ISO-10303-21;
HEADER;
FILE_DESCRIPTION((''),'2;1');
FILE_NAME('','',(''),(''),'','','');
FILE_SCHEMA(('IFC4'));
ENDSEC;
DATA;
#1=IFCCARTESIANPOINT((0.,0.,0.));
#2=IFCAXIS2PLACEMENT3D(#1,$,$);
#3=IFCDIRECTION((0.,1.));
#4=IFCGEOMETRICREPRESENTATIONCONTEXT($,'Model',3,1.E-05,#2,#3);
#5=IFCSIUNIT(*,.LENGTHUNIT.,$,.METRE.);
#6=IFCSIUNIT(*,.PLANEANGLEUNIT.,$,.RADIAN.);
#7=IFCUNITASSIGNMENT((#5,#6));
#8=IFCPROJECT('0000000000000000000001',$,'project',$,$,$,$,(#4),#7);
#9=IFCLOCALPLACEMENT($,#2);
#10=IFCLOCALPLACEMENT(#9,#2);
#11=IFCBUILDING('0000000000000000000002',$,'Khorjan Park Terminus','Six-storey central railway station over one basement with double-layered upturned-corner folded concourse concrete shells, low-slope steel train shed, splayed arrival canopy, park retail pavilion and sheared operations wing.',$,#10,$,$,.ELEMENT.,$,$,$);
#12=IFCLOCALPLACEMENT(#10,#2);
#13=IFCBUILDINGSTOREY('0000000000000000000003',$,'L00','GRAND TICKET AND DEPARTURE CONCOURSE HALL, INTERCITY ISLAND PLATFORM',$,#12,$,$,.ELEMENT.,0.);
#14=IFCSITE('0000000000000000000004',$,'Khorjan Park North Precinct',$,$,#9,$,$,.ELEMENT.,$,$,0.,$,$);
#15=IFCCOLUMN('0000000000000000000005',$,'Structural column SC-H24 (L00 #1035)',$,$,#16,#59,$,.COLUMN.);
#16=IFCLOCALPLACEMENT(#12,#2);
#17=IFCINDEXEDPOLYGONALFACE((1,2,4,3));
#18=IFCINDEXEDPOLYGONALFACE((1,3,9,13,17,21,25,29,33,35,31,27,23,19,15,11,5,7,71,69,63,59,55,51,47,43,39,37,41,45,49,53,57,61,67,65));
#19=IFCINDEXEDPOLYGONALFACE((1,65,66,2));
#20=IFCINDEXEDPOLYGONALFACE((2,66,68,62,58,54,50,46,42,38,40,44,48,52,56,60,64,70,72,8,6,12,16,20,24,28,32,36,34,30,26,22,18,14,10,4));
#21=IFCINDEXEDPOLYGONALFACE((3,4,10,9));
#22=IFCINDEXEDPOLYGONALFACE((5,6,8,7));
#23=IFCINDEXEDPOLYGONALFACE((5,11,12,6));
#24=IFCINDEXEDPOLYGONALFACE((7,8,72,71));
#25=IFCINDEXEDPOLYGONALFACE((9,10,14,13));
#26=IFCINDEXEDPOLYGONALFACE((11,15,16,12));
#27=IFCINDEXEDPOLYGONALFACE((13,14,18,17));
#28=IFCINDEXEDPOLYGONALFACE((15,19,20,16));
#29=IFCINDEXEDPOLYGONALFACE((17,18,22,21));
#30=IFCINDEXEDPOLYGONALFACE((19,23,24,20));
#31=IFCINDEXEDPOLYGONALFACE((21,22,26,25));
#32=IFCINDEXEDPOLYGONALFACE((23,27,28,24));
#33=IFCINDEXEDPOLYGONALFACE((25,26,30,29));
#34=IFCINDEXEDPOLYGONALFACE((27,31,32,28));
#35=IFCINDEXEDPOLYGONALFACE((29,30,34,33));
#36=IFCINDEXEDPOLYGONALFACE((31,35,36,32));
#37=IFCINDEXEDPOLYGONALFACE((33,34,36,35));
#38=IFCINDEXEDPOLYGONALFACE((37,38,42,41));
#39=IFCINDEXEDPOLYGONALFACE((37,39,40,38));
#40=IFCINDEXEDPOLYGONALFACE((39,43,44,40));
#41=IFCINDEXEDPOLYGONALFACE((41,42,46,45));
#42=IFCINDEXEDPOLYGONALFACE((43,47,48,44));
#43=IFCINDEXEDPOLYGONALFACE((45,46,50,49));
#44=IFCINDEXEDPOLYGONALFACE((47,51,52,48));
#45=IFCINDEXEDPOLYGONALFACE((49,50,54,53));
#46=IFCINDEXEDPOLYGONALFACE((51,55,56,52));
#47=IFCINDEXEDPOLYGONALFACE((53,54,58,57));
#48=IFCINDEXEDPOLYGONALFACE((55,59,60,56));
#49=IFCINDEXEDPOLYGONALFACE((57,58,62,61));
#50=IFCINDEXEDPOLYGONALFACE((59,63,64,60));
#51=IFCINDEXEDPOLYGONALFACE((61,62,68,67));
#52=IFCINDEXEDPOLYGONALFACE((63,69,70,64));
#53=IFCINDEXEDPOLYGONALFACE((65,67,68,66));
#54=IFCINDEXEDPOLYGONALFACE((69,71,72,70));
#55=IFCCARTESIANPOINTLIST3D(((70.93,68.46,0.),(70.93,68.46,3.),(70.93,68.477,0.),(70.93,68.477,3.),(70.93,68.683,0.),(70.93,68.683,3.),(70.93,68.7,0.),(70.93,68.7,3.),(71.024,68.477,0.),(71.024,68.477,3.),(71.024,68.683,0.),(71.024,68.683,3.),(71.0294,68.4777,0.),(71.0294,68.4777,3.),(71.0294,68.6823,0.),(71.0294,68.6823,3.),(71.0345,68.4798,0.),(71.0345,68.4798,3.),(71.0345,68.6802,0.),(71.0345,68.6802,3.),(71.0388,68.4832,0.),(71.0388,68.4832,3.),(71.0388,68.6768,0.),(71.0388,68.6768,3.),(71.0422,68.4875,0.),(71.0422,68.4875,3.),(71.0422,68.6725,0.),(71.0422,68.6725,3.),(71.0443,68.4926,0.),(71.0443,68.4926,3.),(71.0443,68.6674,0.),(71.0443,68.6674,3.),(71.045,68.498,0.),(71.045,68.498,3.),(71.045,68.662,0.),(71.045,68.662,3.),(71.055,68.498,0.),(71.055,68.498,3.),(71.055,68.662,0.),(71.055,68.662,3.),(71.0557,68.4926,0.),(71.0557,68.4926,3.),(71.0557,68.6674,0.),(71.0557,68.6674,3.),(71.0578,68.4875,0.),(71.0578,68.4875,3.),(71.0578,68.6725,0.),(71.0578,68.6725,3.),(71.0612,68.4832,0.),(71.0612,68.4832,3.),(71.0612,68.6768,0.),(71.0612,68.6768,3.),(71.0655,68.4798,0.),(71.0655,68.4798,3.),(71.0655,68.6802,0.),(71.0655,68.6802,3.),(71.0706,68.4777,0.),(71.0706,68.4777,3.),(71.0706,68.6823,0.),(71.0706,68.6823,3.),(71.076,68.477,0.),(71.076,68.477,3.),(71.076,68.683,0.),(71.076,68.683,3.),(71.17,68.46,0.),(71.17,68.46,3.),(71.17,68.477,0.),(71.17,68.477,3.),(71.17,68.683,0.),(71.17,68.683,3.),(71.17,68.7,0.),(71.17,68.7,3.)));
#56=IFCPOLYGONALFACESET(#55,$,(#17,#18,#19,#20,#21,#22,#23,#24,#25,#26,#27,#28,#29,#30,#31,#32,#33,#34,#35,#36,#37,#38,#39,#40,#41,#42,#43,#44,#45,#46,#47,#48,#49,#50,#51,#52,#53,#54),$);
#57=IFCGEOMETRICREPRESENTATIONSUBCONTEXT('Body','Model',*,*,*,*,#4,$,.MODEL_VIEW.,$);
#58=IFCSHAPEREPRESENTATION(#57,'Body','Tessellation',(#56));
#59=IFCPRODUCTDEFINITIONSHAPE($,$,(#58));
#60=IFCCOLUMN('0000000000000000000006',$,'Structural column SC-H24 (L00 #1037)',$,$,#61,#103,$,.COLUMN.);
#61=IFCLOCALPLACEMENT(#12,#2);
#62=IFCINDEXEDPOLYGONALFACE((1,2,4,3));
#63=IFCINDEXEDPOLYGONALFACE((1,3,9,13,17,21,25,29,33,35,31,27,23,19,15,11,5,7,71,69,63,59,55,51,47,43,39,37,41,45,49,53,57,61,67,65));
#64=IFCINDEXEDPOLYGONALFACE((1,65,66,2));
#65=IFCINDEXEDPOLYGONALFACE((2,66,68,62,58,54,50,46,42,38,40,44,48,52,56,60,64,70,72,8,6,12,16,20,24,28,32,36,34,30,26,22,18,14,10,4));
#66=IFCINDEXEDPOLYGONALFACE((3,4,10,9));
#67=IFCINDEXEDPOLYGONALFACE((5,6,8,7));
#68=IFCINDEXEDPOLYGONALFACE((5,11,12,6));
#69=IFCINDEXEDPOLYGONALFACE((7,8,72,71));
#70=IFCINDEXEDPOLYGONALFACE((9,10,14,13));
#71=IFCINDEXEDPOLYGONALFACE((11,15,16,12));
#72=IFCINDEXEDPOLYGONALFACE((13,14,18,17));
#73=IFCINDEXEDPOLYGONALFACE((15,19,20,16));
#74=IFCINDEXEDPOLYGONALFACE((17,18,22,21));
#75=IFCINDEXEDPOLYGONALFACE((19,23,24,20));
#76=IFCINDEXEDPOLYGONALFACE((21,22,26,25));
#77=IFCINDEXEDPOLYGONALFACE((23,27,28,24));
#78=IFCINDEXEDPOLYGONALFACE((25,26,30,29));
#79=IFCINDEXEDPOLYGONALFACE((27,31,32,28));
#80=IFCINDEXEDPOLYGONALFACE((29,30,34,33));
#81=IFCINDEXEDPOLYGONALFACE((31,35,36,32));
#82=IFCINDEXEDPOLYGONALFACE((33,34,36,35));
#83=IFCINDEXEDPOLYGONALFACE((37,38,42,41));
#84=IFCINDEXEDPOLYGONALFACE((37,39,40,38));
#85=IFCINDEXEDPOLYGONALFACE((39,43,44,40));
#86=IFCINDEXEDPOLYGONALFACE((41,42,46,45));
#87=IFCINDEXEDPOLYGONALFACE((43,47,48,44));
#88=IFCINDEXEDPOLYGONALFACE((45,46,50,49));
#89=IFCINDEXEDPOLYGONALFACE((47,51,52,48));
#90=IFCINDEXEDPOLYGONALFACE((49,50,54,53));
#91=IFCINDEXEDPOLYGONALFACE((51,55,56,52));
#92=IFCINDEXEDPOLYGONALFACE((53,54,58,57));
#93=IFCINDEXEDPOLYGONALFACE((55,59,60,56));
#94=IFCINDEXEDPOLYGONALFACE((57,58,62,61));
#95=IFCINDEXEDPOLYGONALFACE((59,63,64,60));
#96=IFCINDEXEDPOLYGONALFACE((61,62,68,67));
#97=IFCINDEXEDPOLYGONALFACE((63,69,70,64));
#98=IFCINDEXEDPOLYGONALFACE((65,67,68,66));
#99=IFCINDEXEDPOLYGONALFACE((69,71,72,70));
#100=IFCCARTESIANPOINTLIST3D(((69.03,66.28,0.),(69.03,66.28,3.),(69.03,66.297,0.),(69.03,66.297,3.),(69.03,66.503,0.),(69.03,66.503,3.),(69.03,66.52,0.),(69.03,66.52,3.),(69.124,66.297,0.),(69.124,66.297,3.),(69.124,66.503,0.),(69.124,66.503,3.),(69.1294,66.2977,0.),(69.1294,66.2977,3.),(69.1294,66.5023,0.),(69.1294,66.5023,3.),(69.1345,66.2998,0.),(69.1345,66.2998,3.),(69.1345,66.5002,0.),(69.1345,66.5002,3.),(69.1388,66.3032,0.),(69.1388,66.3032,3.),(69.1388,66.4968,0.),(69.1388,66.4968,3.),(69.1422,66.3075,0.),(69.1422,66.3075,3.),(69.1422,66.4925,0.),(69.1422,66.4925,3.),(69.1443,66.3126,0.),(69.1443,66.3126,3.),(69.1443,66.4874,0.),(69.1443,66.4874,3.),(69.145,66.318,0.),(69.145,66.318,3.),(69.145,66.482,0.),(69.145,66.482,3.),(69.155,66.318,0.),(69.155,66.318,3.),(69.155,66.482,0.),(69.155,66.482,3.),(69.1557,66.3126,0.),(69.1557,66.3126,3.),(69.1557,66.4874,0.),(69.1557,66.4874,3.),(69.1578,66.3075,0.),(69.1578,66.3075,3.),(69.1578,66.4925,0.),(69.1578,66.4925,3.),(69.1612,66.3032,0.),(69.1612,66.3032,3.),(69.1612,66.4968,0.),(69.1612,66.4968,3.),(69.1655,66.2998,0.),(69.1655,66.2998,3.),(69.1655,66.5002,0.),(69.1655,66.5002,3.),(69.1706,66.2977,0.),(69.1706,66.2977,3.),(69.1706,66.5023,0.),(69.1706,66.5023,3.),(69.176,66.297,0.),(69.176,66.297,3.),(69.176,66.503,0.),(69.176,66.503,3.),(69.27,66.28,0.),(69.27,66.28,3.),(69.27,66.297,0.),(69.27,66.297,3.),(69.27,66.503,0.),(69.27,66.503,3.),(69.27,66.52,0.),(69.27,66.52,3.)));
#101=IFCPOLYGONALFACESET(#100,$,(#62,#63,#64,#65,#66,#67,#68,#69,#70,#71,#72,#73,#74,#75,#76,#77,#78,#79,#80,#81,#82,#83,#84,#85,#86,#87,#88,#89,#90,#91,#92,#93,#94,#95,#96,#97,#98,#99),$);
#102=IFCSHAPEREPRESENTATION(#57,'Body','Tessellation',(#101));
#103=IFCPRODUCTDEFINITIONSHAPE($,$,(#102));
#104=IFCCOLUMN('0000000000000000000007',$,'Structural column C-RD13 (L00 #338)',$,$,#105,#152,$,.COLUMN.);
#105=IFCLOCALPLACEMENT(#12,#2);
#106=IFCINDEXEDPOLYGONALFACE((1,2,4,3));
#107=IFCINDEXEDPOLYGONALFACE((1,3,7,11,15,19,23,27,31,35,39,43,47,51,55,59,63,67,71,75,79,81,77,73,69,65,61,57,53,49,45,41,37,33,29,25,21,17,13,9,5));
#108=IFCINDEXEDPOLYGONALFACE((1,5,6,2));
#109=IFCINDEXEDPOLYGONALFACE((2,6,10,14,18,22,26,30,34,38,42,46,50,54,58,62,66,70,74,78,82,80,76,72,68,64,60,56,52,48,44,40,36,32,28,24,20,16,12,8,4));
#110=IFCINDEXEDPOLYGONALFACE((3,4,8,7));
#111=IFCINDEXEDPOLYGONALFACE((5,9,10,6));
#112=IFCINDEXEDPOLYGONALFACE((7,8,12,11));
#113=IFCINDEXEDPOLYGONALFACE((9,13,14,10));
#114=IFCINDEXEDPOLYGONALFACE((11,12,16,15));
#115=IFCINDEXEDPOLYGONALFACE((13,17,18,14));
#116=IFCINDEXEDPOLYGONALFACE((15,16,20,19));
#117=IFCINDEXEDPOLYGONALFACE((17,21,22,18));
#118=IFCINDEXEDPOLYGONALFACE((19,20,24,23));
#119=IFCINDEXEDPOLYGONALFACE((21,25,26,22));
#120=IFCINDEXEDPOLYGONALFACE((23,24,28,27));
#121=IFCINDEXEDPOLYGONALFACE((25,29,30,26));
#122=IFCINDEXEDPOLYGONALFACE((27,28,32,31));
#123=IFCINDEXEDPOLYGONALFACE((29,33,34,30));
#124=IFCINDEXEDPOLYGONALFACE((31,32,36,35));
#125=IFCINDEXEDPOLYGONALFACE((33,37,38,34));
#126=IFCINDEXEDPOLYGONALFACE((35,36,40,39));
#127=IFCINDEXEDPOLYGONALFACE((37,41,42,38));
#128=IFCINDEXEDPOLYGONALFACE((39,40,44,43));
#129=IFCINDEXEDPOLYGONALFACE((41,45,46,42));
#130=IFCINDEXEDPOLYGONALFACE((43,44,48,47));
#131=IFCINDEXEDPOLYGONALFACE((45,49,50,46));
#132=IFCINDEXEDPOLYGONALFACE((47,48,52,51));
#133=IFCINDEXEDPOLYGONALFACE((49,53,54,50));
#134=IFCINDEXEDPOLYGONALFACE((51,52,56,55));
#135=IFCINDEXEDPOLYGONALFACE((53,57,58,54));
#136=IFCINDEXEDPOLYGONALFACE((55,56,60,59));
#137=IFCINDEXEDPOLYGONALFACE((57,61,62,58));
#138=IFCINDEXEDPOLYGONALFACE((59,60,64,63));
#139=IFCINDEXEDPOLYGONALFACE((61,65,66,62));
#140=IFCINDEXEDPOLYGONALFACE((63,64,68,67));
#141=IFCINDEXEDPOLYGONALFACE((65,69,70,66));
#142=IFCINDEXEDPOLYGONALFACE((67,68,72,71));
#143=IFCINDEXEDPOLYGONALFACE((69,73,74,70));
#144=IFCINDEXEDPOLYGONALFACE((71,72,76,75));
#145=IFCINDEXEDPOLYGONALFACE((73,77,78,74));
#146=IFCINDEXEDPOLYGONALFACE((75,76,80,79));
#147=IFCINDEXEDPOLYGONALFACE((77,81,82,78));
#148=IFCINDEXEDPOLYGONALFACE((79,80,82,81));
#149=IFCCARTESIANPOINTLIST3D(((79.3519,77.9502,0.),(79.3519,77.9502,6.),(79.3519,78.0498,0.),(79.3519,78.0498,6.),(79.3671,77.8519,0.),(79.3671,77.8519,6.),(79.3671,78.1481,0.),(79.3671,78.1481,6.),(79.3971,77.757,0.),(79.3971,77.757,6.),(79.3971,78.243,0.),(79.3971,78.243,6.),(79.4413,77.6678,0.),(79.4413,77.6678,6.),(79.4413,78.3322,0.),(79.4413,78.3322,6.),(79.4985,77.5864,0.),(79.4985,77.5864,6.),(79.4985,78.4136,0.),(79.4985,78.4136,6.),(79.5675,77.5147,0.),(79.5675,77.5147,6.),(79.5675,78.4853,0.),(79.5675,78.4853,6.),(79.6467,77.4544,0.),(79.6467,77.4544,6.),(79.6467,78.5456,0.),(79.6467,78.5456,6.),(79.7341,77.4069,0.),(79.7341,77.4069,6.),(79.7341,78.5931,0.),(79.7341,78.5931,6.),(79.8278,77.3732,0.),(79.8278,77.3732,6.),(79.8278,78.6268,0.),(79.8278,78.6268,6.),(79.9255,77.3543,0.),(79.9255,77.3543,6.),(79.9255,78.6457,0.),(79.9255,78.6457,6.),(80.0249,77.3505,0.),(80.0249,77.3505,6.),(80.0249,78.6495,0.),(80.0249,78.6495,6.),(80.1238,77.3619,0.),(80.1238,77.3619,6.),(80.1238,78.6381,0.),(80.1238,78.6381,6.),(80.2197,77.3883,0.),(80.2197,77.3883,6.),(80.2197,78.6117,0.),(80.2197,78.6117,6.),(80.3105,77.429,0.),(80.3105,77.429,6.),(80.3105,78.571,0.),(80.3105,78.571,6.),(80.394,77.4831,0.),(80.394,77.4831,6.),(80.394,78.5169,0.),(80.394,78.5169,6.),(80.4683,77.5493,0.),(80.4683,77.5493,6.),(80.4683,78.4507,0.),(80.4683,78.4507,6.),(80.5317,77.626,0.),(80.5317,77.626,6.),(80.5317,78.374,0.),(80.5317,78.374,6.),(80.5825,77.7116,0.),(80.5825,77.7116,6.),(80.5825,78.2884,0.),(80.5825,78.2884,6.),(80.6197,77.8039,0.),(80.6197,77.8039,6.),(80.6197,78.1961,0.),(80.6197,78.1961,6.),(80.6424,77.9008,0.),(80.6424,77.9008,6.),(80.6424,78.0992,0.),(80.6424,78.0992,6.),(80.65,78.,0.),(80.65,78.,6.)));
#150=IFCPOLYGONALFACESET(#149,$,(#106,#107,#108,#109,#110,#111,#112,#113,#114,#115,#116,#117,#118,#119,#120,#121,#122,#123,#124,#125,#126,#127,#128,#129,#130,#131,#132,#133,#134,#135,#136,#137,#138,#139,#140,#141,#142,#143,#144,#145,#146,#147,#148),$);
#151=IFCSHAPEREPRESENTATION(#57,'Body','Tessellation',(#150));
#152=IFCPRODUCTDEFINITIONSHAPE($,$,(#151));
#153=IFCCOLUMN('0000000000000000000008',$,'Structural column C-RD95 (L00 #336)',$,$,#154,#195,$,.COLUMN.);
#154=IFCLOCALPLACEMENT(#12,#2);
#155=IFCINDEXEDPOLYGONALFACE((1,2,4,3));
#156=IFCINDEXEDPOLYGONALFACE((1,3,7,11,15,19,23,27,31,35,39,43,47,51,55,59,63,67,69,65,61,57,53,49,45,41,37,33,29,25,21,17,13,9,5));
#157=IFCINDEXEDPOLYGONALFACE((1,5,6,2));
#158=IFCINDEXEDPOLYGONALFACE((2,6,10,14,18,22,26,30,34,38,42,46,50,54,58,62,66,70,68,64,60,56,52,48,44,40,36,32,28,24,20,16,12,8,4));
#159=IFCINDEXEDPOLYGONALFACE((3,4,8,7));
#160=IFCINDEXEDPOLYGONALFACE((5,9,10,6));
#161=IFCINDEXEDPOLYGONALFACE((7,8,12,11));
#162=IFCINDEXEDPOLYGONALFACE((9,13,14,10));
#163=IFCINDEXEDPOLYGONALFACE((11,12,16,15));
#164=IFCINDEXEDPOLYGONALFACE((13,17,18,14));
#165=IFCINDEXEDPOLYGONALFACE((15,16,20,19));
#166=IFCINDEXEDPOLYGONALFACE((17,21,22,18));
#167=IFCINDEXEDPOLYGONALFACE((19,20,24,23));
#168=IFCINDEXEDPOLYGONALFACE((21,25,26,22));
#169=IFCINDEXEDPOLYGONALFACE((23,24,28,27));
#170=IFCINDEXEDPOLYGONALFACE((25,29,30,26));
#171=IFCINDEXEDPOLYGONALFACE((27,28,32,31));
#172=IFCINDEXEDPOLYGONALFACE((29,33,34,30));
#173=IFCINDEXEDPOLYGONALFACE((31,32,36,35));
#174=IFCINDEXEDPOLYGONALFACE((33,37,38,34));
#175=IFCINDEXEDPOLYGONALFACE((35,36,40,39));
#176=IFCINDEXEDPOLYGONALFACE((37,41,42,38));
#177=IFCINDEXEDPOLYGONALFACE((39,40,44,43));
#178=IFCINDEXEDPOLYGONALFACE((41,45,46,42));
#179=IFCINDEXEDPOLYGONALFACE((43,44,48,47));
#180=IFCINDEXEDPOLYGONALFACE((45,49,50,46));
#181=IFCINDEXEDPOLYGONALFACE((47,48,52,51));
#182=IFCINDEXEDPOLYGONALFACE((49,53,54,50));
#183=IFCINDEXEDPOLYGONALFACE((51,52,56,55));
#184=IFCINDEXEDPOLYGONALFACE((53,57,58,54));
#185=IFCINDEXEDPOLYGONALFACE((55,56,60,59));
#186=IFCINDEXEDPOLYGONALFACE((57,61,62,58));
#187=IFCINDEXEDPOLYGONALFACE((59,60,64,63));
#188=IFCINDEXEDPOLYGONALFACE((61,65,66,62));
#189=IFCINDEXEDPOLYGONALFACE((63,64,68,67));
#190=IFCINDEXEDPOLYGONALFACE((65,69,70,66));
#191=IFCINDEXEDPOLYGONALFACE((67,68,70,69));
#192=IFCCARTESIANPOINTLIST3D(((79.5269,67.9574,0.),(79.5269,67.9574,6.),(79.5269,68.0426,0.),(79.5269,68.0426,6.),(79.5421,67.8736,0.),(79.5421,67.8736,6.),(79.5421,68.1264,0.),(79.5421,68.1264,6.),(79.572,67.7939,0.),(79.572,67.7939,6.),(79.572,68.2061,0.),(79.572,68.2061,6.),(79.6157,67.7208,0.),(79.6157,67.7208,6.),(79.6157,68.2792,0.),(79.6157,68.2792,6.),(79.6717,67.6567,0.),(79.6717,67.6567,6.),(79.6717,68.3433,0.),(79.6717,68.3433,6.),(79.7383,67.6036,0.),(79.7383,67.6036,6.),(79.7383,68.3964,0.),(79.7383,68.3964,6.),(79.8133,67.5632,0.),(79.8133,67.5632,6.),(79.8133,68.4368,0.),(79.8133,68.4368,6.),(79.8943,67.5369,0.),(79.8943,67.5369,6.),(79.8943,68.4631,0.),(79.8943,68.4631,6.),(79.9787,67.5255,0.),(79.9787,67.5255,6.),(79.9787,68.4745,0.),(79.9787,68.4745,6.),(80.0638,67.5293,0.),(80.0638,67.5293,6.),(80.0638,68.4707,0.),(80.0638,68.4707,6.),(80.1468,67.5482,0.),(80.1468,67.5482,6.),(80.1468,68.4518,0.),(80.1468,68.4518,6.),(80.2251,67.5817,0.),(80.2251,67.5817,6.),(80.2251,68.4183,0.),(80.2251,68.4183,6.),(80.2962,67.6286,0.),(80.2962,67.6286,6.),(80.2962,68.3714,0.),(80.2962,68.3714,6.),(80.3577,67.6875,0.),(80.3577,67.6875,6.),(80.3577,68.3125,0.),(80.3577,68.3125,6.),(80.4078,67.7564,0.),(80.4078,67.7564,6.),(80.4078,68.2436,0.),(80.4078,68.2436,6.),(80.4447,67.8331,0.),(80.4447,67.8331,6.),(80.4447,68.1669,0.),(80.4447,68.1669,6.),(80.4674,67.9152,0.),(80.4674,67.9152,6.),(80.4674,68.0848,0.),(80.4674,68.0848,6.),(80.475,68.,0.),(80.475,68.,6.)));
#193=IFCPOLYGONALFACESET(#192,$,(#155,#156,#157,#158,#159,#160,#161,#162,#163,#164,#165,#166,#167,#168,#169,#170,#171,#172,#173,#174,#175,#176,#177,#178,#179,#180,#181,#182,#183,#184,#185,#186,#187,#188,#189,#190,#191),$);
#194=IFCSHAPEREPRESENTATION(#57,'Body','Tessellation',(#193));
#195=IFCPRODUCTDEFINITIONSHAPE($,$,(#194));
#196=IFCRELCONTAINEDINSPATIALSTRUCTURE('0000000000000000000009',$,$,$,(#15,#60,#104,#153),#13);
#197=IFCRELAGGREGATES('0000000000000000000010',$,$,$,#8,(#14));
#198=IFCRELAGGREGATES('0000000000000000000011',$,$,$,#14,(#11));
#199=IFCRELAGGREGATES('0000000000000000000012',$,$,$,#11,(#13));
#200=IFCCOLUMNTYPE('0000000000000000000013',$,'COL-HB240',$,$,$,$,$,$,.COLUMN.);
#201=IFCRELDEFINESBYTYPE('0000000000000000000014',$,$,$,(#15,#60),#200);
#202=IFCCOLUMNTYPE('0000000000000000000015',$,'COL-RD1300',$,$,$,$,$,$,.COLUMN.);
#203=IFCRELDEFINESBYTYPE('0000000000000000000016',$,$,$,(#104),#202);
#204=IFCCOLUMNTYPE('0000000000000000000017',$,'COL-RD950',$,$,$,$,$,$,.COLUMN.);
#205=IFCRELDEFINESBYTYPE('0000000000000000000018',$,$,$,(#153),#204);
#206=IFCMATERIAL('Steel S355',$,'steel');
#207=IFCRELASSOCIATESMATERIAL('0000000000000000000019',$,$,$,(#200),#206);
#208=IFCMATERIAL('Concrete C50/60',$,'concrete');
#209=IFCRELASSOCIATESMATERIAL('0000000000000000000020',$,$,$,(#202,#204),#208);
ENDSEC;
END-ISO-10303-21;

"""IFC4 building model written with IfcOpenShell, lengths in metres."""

from ifc_helpers import new_model, si_unit, direction, frame, origin, origin_2d, place, context, subcontext, project, spatial, circle, i_section, extrude, material, material_profile, profile_set, type_object, element, save


model = new_model("IFC4")

# Units and contexts
model_context = context("Model", 3, precision=1e-05, world=origin(), true_north=direction((0.0, 1.0)))
body_context = subcontext(model_context, "Body", "Model", "MODEL_VIEW")
ifc_project = project(units=[si_unit("LENGTHUNIT", "METRE"), si_unit("PLANEANGLEUNIT", "RADIAN")], contexts=[model_context])

# Site, building, storey
site_placement = place(None, origin())
site = spatial("IfcSite", under=ifc_project, at=site_placement, Name="Khorjan Park North Precinct", CompositionType="ELEMENT", RefElevation=0.0)
building_placement = place(site_placement, origin())
building = spatial("IfcBuilding", under=site, at=building_placement, Name="Khorjan Park Terminus", Description="Six-storey central railway station over one basement with double-layered upturned-corner folded concourse concrete shells, low-slope steel train shed, splayed arrival canopy, park retail pavilion and sheared operations wing.", CompositionType="ELEMENT")
storey_placement = place(building_placement, origin())
storey = spatial("IfcBuildingStorey", under=building, at=storey_placement, Name="L00", Description="GRAND TICKET AND DEPARTURE CONCOURSE HALL, INTERCITY ISLAND PLATFORM", CompositionType="ELEMENT", Elevation=0.0)

# Columns
ifc_material_1 = material(Name="Steel S355", Category="steel")
ifc_material_profile_1 = material_profile(ifc_material_1, i_section(OverallWidth=0.24, OverallDepth=0.24, WebThickness=0.01, FlangeThickness=0.017, FilletRadius=0.021, at=origin_2d()), Name="HEB 240")
ifc_profile_set_1 = profile_set([ifc_material_profile_1], Name="Steel S355")
column_type_1 = type_object("IfcColumnType", Name="COL-HB240", PredefinedType="COLUMN", material=ifc_profile_set_1)
for number, where, z_axis, x_axis, name in (
    (1, (71.05, 68.58, 0.0), (0.0, 0.0, 1.0), (1.0, 0.0, 0.0), "Structural column SC-H24 (L00 #1035)"),
    (2, (69.15, 66.4, 0.0), (0.0, 0.0, 1.0), (1.0, 0.0, 0.0), "Structural column SC-H24 (L00 #1037)"),
):
    element("IfcColumn", number, at=place(storey_placement, frame(where, z_axis=z_axis, x_axis=x_axis)), inside=storey, type_object=column_type_1, Name=name, PredefinedType="COLUMN", context=body_context, shape_type="SweptSolid", body=[
        extrude(i_section(OverallWidth=0.24, OverallDepth=0.24, WebThickness=0.01, FlangeThickness=0.017, FilletRadius=0.021, at=origin_2d()), origin(), (0.0, 0.0, 1.0), 3.0),
    ])
ifc_material_2 = material(Name="Concrete C50/60", Category="concrete")
ifc_material_profile_2 = material_profile(ifc_material_2, circle(Radius=0.65, at=origin_2d()), Name="RC D1300")
ifc_profile_set_2 = profile_set([ifc_material_profile_2], Name="Concrete C50/60")
column_type_2 = type_object("IfcColumnType", Name="COL-RD1300", PredefinedType="COLUMN", material=ifc_profile_set_2)
column_1_placement = place(storey_placement, frame((80.0, 78.0, 0.0), z_axis=(0.0, 0.0, 1.0), x_axis=(1.0, 0.0, 0.0)))
element("IfcColumn", 3, at=column_1_placement, inside=storey, type_object=column_type_2, Name="Structural column C-RD13 (L00 #338)", PredefinedType="COLUMN", context=body_context, shape_type="SweptSolid", body=[
    extrude(circle(Radius=0.65, at=origin_2d()), origin(), (0.0, 0.0, 1.0), 6.0),
])
ifc_material_profile_3 = material_profile(ifc_material_2, circle(Radius=0.475, at=origin_2d()), Name="RC D950")
ifc_profile_set_3 = profile_set([ifc_material_profile_3], Name="Concrete C50/60")
column_type_3 = type_object("IfcColumnType", Name="COL-RD950", PredefinedType="COLUMN", material=ifc_profile_set_3)
column_2_placement = place(storey_placement, frame((80.0, 68.0, 0.0), z_axis=(0.0, 0.0, 1.0), x_axis=(1.0, 0.0, 0.0)))
element("IfcColumn", 4, at=column_2_placement, inside=storey, type_object=column_type_3, Name="Structural column C-RD95 (L00 #336)", PredefinedType="COLUMN", context=body_context, shape_type="SweptSolid", body=[
    extrude(circle(Radius=0.475, at=origin_2d()), origin(), (0.0, 0.0, 1.0), 6.0),
])

save(model, "model.ifc")
